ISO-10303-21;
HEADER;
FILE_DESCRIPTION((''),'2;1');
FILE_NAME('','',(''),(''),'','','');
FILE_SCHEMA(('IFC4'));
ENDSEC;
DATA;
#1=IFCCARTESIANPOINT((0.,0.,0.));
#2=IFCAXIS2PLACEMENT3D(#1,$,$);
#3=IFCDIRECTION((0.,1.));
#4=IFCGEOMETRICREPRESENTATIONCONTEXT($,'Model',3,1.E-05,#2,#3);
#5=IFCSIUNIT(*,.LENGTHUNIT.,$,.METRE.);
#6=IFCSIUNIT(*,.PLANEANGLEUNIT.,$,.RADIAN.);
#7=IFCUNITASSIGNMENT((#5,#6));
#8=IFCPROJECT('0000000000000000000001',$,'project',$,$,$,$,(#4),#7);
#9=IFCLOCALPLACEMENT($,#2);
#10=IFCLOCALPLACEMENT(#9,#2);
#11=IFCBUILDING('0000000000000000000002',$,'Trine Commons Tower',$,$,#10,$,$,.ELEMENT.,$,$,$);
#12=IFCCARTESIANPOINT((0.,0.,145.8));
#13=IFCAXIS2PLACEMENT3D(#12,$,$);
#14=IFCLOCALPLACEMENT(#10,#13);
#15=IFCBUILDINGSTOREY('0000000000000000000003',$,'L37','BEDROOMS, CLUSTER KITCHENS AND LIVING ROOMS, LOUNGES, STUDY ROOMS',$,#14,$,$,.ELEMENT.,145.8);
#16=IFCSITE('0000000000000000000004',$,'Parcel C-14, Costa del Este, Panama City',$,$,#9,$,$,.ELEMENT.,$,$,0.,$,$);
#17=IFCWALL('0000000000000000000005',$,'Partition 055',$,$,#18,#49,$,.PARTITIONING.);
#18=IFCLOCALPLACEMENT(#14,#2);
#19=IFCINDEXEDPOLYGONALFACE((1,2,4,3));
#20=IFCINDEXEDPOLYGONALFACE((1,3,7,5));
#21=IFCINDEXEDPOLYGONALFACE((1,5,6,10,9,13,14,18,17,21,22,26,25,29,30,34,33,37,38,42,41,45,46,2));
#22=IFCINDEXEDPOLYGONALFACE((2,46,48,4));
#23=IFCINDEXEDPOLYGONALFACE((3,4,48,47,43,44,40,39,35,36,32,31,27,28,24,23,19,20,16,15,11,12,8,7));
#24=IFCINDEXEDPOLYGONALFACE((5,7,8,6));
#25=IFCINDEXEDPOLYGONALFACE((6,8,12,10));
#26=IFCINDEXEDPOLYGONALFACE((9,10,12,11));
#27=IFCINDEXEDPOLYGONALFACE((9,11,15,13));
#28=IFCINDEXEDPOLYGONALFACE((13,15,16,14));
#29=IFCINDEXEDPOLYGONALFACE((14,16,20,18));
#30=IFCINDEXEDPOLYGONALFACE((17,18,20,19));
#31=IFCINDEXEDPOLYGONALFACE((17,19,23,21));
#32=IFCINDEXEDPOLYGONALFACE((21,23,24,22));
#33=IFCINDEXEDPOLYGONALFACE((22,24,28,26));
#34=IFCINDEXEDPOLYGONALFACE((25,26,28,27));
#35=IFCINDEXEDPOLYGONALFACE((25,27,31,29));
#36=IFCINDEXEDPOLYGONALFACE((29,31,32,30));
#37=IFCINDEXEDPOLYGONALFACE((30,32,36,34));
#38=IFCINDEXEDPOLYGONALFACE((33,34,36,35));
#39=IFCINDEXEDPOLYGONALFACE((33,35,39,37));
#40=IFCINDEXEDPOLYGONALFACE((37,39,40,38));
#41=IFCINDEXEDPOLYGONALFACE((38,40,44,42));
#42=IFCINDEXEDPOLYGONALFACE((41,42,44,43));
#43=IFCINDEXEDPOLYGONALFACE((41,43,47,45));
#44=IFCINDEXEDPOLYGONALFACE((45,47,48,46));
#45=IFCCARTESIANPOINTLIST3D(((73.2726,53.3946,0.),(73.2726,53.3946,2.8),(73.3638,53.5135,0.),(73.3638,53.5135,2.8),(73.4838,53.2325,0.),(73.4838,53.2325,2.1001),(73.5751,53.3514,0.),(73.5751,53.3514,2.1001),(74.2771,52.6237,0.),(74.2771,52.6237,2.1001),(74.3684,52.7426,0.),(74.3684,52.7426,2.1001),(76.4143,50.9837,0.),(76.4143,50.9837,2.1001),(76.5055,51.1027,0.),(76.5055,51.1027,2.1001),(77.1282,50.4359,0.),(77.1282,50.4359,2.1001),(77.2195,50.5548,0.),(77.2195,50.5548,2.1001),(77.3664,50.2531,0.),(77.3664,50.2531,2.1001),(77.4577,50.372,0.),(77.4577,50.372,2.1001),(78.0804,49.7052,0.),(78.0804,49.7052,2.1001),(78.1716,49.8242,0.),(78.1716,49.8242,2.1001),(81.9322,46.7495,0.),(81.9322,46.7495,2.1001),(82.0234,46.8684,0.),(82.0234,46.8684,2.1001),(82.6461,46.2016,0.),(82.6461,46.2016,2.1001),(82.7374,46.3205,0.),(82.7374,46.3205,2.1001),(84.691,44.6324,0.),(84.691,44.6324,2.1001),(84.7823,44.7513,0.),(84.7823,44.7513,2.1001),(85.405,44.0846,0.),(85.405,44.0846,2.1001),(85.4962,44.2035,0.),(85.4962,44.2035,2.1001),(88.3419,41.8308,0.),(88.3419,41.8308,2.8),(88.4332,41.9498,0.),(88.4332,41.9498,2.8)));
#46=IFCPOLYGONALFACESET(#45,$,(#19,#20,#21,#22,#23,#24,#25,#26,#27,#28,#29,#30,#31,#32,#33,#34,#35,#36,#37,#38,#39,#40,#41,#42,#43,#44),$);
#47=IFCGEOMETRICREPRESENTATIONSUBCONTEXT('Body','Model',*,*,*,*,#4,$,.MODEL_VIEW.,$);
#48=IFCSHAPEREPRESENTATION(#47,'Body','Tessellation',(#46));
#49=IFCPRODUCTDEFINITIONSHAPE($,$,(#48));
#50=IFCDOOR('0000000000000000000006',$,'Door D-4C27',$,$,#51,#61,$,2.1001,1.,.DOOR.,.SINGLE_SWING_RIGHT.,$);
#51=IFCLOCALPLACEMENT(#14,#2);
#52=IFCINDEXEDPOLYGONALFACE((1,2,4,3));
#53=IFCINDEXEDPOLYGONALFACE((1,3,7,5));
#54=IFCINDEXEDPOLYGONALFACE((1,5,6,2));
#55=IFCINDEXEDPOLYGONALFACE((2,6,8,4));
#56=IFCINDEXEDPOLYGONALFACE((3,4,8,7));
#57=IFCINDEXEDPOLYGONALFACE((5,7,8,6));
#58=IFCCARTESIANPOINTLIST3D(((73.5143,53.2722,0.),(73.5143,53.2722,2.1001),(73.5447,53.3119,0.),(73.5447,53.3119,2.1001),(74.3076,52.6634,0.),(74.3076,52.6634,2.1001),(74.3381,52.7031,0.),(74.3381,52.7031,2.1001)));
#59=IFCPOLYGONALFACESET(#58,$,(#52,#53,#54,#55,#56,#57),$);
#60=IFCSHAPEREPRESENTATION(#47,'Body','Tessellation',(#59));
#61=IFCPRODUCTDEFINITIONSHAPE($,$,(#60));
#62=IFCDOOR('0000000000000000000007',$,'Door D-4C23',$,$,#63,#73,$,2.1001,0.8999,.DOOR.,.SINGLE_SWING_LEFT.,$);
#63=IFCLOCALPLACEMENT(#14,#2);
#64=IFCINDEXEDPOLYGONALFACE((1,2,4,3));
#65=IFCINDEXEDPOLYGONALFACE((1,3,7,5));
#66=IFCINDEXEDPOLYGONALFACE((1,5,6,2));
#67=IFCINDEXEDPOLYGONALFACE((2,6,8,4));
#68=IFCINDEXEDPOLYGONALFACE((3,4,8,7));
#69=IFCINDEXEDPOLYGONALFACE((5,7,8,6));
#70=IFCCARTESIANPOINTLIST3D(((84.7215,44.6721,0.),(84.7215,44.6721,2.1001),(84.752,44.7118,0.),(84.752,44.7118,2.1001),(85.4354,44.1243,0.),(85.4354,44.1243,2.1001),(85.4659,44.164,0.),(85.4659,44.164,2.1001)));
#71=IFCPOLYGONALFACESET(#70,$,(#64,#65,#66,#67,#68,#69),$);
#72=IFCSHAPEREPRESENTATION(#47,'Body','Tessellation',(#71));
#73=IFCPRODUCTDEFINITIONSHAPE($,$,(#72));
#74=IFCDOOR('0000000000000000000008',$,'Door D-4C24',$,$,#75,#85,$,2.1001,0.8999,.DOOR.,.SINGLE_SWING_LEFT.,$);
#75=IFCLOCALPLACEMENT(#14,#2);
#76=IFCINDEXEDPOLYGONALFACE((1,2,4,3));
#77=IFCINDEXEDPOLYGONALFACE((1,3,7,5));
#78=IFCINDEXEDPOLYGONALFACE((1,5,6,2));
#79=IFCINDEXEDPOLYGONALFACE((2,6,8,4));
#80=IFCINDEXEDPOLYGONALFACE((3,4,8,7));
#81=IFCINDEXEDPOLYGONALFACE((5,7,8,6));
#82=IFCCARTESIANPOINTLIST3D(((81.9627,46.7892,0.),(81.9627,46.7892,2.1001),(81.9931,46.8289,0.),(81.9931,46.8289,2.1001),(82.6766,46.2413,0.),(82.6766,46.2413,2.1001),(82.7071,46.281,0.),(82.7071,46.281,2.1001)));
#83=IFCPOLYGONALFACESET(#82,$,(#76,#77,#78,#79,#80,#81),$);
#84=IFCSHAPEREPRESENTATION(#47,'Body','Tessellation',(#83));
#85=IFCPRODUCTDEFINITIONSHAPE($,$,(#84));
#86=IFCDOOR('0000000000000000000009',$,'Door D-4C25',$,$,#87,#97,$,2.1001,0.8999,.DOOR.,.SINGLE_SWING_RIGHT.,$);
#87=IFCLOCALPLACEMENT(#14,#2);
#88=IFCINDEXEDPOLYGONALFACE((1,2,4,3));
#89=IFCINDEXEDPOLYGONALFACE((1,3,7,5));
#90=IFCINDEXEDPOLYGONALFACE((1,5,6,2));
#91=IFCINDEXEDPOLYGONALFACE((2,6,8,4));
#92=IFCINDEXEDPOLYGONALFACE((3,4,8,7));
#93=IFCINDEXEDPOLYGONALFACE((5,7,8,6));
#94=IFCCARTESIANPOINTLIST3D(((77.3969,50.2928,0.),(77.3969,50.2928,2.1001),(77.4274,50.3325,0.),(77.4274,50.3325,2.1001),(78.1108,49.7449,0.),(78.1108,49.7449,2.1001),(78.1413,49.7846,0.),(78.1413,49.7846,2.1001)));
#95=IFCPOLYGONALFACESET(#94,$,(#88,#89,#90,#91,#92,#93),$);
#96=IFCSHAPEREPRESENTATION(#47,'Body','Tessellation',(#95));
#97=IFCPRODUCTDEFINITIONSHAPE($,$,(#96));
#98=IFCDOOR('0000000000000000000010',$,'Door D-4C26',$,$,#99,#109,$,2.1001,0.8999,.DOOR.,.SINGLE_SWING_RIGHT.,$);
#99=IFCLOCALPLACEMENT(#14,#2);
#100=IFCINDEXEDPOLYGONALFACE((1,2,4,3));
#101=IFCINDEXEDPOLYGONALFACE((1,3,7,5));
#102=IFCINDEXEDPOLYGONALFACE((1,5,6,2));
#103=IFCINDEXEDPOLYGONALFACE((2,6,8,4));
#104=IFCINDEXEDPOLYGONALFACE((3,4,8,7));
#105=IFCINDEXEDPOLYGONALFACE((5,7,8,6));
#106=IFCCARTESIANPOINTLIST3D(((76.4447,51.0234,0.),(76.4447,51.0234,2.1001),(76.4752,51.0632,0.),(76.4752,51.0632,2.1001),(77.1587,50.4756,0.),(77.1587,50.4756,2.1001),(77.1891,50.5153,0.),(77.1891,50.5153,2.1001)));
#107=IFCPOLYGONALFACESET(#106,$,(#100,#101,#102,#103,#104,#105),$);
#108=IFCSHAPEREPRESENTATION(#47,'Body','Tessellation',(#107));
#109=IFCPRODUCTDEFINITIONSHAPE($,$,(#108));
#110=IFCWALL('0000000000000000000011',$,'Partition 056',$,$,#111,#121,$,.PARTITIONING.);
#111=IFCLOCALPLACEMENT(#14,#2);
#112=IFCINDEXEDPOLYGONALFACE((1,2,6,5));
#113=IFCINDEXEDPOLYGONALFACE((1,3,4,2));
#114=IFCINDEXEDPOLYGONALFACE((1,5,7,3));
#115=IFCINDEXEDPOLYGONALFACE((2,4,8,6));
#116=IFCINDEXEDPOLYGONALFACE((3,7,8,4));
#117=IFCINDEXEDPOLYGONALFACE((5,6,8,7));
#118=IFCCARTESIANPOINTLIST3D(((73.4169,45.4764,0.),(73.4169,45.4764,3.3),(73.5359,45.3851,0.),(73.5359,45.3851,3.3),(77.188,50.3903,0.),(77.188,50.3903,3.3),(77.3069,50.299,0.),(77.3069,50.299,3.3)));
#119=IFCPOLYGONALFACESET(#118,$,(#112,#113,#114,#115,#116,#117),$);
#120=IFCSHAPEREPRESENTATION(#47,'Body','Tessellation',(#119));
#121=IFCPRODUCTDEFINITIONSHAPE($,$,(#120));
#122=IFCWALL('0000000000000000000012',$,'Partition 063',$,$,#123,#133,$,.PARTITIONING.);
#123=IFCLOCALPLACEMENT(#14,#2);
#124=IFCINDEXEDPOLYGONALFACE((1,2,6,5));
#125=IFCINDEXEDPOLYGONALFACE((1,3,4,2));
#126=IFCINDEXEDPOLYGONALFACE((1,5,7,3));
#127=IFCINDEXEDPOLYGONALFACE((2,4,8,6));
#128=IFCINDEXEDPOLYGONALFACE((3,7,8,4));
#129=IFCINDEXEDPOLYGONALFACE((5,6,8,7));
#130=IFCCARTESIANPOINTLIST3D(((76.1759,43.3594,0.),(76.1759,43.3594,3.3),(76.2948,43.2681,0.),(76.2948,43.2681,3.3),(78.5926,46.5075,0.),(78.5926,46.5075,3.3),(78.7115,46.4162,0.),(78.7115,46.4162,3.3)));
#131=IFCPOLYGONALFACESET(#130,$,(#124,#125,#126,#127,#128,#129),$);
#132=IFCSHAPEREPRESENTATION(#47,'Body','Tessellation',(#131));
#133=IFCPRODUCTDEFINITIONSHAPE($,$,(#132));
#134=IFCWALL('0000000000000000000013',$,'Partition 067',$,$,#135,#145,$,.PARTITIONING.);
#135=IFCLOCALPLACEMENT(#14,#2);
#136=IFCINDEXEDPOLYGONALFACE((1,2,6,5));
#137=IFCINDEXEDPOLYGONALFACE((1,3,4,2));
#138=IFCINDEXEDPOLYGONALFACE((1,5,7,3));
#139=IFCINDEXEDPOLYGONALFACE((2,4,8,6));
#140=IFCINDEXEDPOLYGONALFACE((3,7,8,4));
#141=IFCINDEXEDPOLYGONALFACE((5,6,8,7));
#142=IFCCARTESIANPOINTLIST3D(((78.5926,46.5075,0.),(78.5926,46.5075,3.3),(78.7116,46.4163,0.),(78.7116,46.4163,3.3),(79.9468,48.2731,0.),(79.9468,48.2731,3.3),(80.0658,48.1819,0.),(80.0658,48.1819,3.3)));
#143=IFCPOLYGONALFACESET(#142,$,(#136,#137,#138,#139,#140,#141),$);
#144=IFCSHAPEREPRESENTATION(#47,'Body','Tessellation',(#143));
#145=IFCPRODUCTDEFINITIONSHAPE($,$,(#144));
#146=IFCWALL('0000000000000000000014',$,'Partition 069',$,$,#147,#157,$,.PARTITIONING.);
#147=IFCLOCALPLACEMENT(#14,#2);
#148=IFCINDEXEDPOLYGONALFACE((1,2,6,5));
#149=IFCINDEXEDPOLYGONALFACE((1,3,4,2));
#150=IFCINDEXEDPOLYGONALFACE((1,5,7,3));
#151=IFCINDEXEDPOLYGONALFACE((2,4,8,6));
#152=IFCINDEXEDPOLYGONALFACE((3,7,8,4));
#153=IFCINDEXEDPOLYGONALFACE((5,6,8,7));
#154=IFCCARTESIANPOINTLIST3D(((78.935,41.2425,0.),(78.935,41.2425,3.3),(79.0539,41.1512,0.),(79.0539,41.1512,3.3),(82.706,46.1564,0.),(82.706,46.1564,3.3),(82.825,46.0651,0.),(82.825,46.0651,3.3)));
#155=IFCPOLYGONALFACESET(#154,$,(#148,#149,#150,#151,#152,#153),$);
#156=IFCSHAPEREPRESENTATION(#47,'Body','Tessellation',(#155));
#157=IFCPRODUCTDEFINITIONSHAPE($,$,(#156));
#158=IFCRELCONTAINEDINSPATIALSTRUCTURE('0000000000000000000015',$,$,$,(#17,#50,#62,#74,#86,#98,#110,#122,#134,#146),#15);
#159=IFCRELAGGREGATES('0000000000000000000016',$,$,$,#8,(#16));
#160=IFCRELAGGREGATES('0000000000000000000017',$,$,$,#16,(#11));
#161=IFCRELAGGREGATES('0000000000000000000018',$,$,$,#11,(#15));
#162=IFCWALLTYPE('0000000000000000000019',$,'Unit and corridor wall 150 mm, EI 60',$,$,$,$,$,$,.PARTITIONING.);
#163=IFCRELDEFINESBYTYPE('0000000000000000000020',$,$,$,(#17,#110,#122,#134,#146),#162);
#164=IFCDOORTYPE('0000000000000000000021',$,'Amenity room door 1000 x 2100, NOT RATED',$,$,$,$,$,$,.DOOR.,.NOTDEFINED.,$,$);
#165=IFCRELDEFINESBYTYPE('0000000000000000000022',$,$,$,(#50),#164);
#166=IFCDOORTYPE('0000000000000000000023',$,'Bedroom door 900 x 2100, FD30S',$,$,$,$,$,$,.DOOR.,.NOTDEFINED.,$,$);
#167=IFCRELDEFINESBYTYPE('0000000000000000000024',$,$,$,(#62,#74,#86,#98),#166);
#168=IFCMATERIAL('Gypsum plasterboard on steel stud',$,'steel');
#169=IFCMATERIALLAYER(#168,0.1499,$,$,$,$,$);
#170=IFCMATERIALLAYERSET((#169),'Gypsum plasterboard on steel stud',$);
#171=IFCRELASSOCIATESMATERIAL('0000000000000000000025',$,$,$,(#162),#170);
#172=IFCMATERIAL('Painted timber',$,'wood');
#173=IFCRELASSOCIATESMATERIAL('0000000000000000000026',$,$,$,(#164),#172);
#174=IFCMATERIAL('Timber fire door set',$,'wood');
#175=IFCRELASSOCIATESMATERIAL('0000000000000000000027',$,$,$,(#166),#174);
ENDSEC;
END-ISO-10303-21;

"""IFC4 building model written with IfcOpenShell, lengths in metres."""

from ifc_helpers import new_model, si_unit, direction, frame, frame_2d, origin, place, context, subcontext, project, spatial, rectangle, extrude, material, layer, layer_set, type_object, element, fill, save


model = new_model("IFC4")

# Units and contexts
model_context = context("Model", 3, precision=1e-05, world=origin(), true_north=direction((0.0, 1.0)))
body_context = subcontext(model_context, "Body", "Model", "MODEL_VIEW")
ifc_project = project(units=[si_unit("LENGTHUNIT", "METRE"), si_unit("PLANEANGLEUNIT", "RADIAN")], contexts=[model_context])

# Site, building, storey
site_placement = place(None, origin())
site = spatial("IfcSite", under=ifc_project, at=site_placement, Name="Parcel C-14, Costa del Este, Panama City", CompositionType="ELEMENT", RefElevation=0.0)
building_placement = place(site_placement, origin())
building = spatial("IfcBuilding", under=site, at=building_placement, Name="Trine Commons Tower", CompositionType="ELEMENT")
storey_placement = place(building_placement, frame((0.0, 0.0, 145.8)))
storey = spatial("IfcBuildingStorey", under=building, at=storey_placement, Name="L37", Description="BEDROOMS, CLUSTER KITCHENS AND LIVING ROOMS, LOUNGES, STUDY ROOMS", CompositionType="ELEMENT", Elevation=145.8)

# Wall, openings, doors
ifc_material_1 = material(Name="Gypsum plasterboard on steel stud", Category="steel")
ifc_layer_1 = layer(ifc_material_1, 0.1499)
ifc_layer_set_1 = layer_set([ifc_layer_1], Name="Gypsum plasterboard on steel stud")
wall_type_1 = type_object("IfcWallType", Name="Unit and corridor wall 150 mm, EI 60", PredefinedType="PARTITIONING", material=ifc_layer_set_1)
wall_1_placement = place(storey_placement, frame((73.3181, 53.4541, 0.0), z_axis=(0.0, 0.0, 1.0), x_axis=(0.793338, -0.608782, 0.0)))
wall_1 = element("IfcWall", 1, at=wall_1_placement, inside=storey, type_object=wall_type_1, Name="Partition 055", PredefinedType="PARTITIONING", context=body_context, shape_type="SweptSolid", body=[
    extrude(rectangle(XDim=18.9949, YDim=0.1499, at=frame_2d((9.4976, 0.0))), origin(), (0.0, 0.0, 1.0), 2.8),
])
opening_1_placement = place(wall_1_placement, frame((14.3931, 0.0, 0.0)))
opening_1 = element("IfcOpeningElement", 2, at=opening_1_placement, cuts=wall_1, PredefinedType="OPENING", context=body_context, shape_type="SweptSolid", body=[
    extrude(rectangle(XDim=0.8999, YDim=2.1001, at=frame_2d((0.45, 1.05))), frame((0.0, 0.085, 0.0), z_axis=(0.0, -1.0, 0.0), x_axis=(1.0, 0.0, 0.0)), (0.0, 0.0, 1.0), 0.1699),
])
opening_2_placement = place(wall_1_placement, frame((10.9155, 0.0, 0.0)))
opening_2 = element("IfcOpeningElement", 3, at=opening_2_placement, cuts=wall_1, PredefinedType="OPENING", context=body_context, shape_type="SweptSolid", body=[
    extrude(rectangle(XDim=0.8999, YDim=2.1001, at=frame_2d((0.45, 1.05))), frame((0.0, 0.085, 0.0), z_axis=(0.0, -1.0, 0.0), x_axis=(1.0, 0.0, 0.0)), (0.0, 0.0, 1.0), 0.1699),
])
opening_3_placement = place(wall_1_placement, frame((5.1604, 0.0, 0.0)))
opening_3 = element("IfcOpeningElement", 4, at=opening_3_placement, cuts=wall_1, PredefinedType="OPENING", context=body_context, shape_type="SweptSolid", body=[
    extrude(rectangle(XDim=0.8999, YDim=2.1001, at=frame_2d((0.45, 1.05))), frame((0.0, 0.085, 0.0), z_axis=(0.0, -1.0, 0.0), x_axis=(1.0, 0.0, 0.0)), (0.0, 0.0, 1.0), 0.1699),
])
opening_4_placement = place(wall_1_placement, frame((3.9602, 0.0, 0.0)))
opening_4 = element("IfcOpeningElement", 5, at=opening_4_placement, cuts=wall_1, PredefinedType="OPENING", context=body_context, shape_type="SweptSolid", body=[
    extrude(rectangle(XDim=0.8999, YDim=2.1001, at=frame_2d((0.45, 1.05))), frame((0.0, 0.085, 0.0), z_axis=(0.0, -1.0, 0.0), x_axis=(1.0, 0.0, 0.0)), (0.0, 0.0, 1.0), 0.1699),
])
opening_5_placement = place(wall_1_placement, frame((0.2664, 0.0, 0.0)))
opening_5 = element("IfcOpeningElement", 6, at=opening_5_placement, cuts=wall_1, PredefinedType="OPENING", context=body_context, shape_type="SweptSolid", body=[
    extrude(rectangle(XDim=1.0, YDim=2.1001, at=frame_2d((0.5, 1.05))), frame((0.0, 0.085, 0.0), z_axis=(0.0, -1.0, 0.0), x_axis=(1.0, 0.0, 0.0)), (0.0, 0.0, 1.0), 0.1699),
])
ifc_material_2 = material(Name="Painted timber", Category="wood")
door_type_1 = type_object("IfcDoorType", Name="Amenity room door 1000 x 2100, NOT RATED", OperationType="NOTDEFINED", PredefinedType="DOOR", material=ifc_material_2)
door_1_placement = place(opening_5_placement, frame((1.0, 0.0, 0.0), z_axis=(0.0, 0.0, 1.0), x_axis=(-1.0, 0.0, 0.0)))
door_1 = element("IfcDoor", 7, at=door_1_placement, inside=storey, type_object=door_type_1, Name="Door D-4C27", OperationType="SINGLE_SWING_RIGHT", OverallHeight=2.1001, OverallWidth=1.0, PredefinedType="DOOR", context=body_context, shape_type="SweptSolid", body=[
    extrude(rectangle(XDim=1.0, YDim=2.1001, at=frame_2d((0.5, 1.05))), frame((0.0, 0.0249, 0.0), z_axis=(0.0, -1.0, 0.0), x_axis=(1.0, 0.0, 0.0)), (0.0, 0.0, 1.0), 0.05),
])
fill(opening_5, door_1)
ifc_material_3 = material(Name="Timber fire door set", Category="wood")
door_type_2 = type_object("IfcDoorType", Name="Bedroom door 900 x 2100, FD30S", OperationType="NOTDEFINED", PredefinedType="DOOR", material=ifc_material_3)
door_2_placement = place(opening_1_placement, frame((0.8999, 0.0, 0.0), z_axis=(0.0, 0.0, 1.0), x_axis=(-1.0, 0.0, 0.0)))
door_2 = element("IfcDoor", 8, at=door_2_placement, inside=storey, type_object=door_type_2, Name="Door D-4C23", OperationType="SINGLE_SWING_LEFT", OverallHeight=2.1001, OverallWidth=0.8999, PredefinedType="DOOR", context=body_context, shape_type="SweptSolid", body=[
    extrude(rectangle(XDim=0.8999, YDim=2.1001, at=frame_2d((0.45, 1.05))), frame((0.0, 0.0249, 0.0), z_axis=(0.0, -1.0, 0.0), x_axis=(1.0, 0.0, 0.0)), (0.0, 0.0, 1.0), 0.05),
])
fill(opening_1, door_2)
door_3_placement = place(opening_2_placement, frame((0.8999, 0.0, 0.0), z_axis=(0.0, 0.0, 1.0), x_axis=(-1.0, 0.0, 0.0)))
door_3 = element("IfcDoor", 9, at=door_3_placement, inside=storey, type_object=door_type_2, Name="Door D-4C24", OperationType="SINGLE_SWING_LEFT", OverallHeight=2.1001, OverallWidth=0.8999, PredefinedType="DOOR", context=body_context, shape_type="SweptSolid", body=[
    extrude(rectangle(XDim=0.8999, YDim=2.1001, at=frame_2d((0.45, 1.05))), frame((0.0, 0.0249, 0.0), z_axis=(0.0, -1.0, 0.0), x_axis=(1.0, 0.0, 0.0)), (0.0, 0.0, 1.0), 0.05),
])
fill(opening_2, door_3)
door_4_placement = place(opening_3_placement, frame((0.8999, 0.0, 0.0), z_axis=(0.0, 0.0, 1.0), x_axis=(-1.0, 0.0, 0.0)))
door_4 = element("IfcDoor", 10, at=door_4_placement, inside=storey, type_object=door_type_2, Name="Door D-4C25", OperationType="SINGLE_SWING_RIGHT", OverallHeight=2.1001, OverallWidth=0.8999, PredefinedType="DOOR", context=body_context, shape_type="SweptSolid", body=[
    extrude(rectangle(XDim=0.8999, YDim=2.1001, at=frame_2d((0.45, 1.05))), frame((0.0, 0.0249, 0.0), z_axis=(0.0, -1.0, 0.0), x_axis=(1.0, 0.0, 0.0)), (0.0, 0.0, 1.0), 0.05),
])
fill(opening_3, door_4)
door_5_placement = place(opening_4_placement, frame((0.8999, 0.0, 0.0), z_axis=(0.0, 0.0, 1.0), x_axis=(-1.0, 0.0, 0.0)))
door_5 = element("IfcDoor", 11, at=door_5_placement, inside=storey, type_object=door_type_2, Name="Door D-4C26", OperationType="SINGLE_SWING_RIGHT", OverallHeight=2.1001, OverallWidth=0.8999, PredefinedType="DOOR", context=body_context, shape_type="SweptSolid", body=[
    extrude(rectangle(XDim=0.8999, YDim=2.1001, at=frame_2d((0.45, 1.05))), frame((0.0, 0.0249, 0.0), z_axis=(0.0, -1.0, 0.0), x_axis=(1.0, 0.0, 0.0)), (0.0, 0.0, 1.0), 0.05),
])
fill(opening_4, door_5)

# Walls
wall_2_placement = place(storey_placement, frame((73.4763, 45.4307, 0.0), z_axis=(0.0, 0.0, 1.0), x_axis=(0.608811, 0.793315, 0.0)))
element("IfcWall", 12, at=wall_2_placement, inside=storey, type_object=wall_type_1, Name="Partition 056", PredefinedType="PARTITIONING", context=body_context, shape_type="SweptSolid", body=[
    extrude(rectangle(XDim=6.1941, YDim=0.1499, at=frame_2d((3.0972, 0.0))), origin(), (0.0, 0.0, 1.0), 3.3),
])
wall_3_placement = place(storey_placement, frame((76.2354, 43.3137, 0.0), z_axis=(0.0, 0.0, 1.0), x_axis=(0.608929, 0.793225, 0.0)))
element("IfcWall", 13, at=wall_3_placement, inside=storey, type_object=wall_type_1, Name="Partition 063", PredefinedType="PARTITIONING", context=body_context, shape_type="SweptSolid", body=[
    extrude(rectangle(XDim=3.9688, YDim=0.1499, at=frame_2d((1.9844, 0.0))), origin(), (0.0, 0.0, 1.0), 3.3),
])
wall_4_placement = place(storey_placement, frame((78.6521, 46.4619, 0.0), z_axis=(0.0, 0.0, 1.0), x_axis=(0.608602, 0.793476, 0.0)))
element("IfcWall", 14, at=wall_4_placement, inside=storey, type_object=wall_type_1, Name="Partition 067", PredefinedType="PARTITIONING", context=body_context, shape_type="SweptSolid", body=[
    extrude(rectangle(XDim=2.2251, YDim=0.1499, at=frame_2d((1.1125, 0.0))), origin(), (0.0, 0.0, 1.0), 3.3),
])
wall_5_placement = place(storey_placement, frame((78.9944, 41.1968, 0.0), z_axis=(0.0, 0.0, 1.0), x_axis=(0.608811, 0.793315, 0.0)))
element("IfcWall", 15, at=wall_5_placement, inside=storey, type_object=wall_type_1, Name="Partition 069", PredefinedType="PARTITIONING", context=body_context, shape_type="SweptSolid", body=[
    extrude(rectangle(XDim=6.1941, YDim=0.1499, at=frame_2d((3.0972, 0.0))), origin(), (0.0, 0.0, 1.0), 3.3),
])

save(model, "model.ifc")
